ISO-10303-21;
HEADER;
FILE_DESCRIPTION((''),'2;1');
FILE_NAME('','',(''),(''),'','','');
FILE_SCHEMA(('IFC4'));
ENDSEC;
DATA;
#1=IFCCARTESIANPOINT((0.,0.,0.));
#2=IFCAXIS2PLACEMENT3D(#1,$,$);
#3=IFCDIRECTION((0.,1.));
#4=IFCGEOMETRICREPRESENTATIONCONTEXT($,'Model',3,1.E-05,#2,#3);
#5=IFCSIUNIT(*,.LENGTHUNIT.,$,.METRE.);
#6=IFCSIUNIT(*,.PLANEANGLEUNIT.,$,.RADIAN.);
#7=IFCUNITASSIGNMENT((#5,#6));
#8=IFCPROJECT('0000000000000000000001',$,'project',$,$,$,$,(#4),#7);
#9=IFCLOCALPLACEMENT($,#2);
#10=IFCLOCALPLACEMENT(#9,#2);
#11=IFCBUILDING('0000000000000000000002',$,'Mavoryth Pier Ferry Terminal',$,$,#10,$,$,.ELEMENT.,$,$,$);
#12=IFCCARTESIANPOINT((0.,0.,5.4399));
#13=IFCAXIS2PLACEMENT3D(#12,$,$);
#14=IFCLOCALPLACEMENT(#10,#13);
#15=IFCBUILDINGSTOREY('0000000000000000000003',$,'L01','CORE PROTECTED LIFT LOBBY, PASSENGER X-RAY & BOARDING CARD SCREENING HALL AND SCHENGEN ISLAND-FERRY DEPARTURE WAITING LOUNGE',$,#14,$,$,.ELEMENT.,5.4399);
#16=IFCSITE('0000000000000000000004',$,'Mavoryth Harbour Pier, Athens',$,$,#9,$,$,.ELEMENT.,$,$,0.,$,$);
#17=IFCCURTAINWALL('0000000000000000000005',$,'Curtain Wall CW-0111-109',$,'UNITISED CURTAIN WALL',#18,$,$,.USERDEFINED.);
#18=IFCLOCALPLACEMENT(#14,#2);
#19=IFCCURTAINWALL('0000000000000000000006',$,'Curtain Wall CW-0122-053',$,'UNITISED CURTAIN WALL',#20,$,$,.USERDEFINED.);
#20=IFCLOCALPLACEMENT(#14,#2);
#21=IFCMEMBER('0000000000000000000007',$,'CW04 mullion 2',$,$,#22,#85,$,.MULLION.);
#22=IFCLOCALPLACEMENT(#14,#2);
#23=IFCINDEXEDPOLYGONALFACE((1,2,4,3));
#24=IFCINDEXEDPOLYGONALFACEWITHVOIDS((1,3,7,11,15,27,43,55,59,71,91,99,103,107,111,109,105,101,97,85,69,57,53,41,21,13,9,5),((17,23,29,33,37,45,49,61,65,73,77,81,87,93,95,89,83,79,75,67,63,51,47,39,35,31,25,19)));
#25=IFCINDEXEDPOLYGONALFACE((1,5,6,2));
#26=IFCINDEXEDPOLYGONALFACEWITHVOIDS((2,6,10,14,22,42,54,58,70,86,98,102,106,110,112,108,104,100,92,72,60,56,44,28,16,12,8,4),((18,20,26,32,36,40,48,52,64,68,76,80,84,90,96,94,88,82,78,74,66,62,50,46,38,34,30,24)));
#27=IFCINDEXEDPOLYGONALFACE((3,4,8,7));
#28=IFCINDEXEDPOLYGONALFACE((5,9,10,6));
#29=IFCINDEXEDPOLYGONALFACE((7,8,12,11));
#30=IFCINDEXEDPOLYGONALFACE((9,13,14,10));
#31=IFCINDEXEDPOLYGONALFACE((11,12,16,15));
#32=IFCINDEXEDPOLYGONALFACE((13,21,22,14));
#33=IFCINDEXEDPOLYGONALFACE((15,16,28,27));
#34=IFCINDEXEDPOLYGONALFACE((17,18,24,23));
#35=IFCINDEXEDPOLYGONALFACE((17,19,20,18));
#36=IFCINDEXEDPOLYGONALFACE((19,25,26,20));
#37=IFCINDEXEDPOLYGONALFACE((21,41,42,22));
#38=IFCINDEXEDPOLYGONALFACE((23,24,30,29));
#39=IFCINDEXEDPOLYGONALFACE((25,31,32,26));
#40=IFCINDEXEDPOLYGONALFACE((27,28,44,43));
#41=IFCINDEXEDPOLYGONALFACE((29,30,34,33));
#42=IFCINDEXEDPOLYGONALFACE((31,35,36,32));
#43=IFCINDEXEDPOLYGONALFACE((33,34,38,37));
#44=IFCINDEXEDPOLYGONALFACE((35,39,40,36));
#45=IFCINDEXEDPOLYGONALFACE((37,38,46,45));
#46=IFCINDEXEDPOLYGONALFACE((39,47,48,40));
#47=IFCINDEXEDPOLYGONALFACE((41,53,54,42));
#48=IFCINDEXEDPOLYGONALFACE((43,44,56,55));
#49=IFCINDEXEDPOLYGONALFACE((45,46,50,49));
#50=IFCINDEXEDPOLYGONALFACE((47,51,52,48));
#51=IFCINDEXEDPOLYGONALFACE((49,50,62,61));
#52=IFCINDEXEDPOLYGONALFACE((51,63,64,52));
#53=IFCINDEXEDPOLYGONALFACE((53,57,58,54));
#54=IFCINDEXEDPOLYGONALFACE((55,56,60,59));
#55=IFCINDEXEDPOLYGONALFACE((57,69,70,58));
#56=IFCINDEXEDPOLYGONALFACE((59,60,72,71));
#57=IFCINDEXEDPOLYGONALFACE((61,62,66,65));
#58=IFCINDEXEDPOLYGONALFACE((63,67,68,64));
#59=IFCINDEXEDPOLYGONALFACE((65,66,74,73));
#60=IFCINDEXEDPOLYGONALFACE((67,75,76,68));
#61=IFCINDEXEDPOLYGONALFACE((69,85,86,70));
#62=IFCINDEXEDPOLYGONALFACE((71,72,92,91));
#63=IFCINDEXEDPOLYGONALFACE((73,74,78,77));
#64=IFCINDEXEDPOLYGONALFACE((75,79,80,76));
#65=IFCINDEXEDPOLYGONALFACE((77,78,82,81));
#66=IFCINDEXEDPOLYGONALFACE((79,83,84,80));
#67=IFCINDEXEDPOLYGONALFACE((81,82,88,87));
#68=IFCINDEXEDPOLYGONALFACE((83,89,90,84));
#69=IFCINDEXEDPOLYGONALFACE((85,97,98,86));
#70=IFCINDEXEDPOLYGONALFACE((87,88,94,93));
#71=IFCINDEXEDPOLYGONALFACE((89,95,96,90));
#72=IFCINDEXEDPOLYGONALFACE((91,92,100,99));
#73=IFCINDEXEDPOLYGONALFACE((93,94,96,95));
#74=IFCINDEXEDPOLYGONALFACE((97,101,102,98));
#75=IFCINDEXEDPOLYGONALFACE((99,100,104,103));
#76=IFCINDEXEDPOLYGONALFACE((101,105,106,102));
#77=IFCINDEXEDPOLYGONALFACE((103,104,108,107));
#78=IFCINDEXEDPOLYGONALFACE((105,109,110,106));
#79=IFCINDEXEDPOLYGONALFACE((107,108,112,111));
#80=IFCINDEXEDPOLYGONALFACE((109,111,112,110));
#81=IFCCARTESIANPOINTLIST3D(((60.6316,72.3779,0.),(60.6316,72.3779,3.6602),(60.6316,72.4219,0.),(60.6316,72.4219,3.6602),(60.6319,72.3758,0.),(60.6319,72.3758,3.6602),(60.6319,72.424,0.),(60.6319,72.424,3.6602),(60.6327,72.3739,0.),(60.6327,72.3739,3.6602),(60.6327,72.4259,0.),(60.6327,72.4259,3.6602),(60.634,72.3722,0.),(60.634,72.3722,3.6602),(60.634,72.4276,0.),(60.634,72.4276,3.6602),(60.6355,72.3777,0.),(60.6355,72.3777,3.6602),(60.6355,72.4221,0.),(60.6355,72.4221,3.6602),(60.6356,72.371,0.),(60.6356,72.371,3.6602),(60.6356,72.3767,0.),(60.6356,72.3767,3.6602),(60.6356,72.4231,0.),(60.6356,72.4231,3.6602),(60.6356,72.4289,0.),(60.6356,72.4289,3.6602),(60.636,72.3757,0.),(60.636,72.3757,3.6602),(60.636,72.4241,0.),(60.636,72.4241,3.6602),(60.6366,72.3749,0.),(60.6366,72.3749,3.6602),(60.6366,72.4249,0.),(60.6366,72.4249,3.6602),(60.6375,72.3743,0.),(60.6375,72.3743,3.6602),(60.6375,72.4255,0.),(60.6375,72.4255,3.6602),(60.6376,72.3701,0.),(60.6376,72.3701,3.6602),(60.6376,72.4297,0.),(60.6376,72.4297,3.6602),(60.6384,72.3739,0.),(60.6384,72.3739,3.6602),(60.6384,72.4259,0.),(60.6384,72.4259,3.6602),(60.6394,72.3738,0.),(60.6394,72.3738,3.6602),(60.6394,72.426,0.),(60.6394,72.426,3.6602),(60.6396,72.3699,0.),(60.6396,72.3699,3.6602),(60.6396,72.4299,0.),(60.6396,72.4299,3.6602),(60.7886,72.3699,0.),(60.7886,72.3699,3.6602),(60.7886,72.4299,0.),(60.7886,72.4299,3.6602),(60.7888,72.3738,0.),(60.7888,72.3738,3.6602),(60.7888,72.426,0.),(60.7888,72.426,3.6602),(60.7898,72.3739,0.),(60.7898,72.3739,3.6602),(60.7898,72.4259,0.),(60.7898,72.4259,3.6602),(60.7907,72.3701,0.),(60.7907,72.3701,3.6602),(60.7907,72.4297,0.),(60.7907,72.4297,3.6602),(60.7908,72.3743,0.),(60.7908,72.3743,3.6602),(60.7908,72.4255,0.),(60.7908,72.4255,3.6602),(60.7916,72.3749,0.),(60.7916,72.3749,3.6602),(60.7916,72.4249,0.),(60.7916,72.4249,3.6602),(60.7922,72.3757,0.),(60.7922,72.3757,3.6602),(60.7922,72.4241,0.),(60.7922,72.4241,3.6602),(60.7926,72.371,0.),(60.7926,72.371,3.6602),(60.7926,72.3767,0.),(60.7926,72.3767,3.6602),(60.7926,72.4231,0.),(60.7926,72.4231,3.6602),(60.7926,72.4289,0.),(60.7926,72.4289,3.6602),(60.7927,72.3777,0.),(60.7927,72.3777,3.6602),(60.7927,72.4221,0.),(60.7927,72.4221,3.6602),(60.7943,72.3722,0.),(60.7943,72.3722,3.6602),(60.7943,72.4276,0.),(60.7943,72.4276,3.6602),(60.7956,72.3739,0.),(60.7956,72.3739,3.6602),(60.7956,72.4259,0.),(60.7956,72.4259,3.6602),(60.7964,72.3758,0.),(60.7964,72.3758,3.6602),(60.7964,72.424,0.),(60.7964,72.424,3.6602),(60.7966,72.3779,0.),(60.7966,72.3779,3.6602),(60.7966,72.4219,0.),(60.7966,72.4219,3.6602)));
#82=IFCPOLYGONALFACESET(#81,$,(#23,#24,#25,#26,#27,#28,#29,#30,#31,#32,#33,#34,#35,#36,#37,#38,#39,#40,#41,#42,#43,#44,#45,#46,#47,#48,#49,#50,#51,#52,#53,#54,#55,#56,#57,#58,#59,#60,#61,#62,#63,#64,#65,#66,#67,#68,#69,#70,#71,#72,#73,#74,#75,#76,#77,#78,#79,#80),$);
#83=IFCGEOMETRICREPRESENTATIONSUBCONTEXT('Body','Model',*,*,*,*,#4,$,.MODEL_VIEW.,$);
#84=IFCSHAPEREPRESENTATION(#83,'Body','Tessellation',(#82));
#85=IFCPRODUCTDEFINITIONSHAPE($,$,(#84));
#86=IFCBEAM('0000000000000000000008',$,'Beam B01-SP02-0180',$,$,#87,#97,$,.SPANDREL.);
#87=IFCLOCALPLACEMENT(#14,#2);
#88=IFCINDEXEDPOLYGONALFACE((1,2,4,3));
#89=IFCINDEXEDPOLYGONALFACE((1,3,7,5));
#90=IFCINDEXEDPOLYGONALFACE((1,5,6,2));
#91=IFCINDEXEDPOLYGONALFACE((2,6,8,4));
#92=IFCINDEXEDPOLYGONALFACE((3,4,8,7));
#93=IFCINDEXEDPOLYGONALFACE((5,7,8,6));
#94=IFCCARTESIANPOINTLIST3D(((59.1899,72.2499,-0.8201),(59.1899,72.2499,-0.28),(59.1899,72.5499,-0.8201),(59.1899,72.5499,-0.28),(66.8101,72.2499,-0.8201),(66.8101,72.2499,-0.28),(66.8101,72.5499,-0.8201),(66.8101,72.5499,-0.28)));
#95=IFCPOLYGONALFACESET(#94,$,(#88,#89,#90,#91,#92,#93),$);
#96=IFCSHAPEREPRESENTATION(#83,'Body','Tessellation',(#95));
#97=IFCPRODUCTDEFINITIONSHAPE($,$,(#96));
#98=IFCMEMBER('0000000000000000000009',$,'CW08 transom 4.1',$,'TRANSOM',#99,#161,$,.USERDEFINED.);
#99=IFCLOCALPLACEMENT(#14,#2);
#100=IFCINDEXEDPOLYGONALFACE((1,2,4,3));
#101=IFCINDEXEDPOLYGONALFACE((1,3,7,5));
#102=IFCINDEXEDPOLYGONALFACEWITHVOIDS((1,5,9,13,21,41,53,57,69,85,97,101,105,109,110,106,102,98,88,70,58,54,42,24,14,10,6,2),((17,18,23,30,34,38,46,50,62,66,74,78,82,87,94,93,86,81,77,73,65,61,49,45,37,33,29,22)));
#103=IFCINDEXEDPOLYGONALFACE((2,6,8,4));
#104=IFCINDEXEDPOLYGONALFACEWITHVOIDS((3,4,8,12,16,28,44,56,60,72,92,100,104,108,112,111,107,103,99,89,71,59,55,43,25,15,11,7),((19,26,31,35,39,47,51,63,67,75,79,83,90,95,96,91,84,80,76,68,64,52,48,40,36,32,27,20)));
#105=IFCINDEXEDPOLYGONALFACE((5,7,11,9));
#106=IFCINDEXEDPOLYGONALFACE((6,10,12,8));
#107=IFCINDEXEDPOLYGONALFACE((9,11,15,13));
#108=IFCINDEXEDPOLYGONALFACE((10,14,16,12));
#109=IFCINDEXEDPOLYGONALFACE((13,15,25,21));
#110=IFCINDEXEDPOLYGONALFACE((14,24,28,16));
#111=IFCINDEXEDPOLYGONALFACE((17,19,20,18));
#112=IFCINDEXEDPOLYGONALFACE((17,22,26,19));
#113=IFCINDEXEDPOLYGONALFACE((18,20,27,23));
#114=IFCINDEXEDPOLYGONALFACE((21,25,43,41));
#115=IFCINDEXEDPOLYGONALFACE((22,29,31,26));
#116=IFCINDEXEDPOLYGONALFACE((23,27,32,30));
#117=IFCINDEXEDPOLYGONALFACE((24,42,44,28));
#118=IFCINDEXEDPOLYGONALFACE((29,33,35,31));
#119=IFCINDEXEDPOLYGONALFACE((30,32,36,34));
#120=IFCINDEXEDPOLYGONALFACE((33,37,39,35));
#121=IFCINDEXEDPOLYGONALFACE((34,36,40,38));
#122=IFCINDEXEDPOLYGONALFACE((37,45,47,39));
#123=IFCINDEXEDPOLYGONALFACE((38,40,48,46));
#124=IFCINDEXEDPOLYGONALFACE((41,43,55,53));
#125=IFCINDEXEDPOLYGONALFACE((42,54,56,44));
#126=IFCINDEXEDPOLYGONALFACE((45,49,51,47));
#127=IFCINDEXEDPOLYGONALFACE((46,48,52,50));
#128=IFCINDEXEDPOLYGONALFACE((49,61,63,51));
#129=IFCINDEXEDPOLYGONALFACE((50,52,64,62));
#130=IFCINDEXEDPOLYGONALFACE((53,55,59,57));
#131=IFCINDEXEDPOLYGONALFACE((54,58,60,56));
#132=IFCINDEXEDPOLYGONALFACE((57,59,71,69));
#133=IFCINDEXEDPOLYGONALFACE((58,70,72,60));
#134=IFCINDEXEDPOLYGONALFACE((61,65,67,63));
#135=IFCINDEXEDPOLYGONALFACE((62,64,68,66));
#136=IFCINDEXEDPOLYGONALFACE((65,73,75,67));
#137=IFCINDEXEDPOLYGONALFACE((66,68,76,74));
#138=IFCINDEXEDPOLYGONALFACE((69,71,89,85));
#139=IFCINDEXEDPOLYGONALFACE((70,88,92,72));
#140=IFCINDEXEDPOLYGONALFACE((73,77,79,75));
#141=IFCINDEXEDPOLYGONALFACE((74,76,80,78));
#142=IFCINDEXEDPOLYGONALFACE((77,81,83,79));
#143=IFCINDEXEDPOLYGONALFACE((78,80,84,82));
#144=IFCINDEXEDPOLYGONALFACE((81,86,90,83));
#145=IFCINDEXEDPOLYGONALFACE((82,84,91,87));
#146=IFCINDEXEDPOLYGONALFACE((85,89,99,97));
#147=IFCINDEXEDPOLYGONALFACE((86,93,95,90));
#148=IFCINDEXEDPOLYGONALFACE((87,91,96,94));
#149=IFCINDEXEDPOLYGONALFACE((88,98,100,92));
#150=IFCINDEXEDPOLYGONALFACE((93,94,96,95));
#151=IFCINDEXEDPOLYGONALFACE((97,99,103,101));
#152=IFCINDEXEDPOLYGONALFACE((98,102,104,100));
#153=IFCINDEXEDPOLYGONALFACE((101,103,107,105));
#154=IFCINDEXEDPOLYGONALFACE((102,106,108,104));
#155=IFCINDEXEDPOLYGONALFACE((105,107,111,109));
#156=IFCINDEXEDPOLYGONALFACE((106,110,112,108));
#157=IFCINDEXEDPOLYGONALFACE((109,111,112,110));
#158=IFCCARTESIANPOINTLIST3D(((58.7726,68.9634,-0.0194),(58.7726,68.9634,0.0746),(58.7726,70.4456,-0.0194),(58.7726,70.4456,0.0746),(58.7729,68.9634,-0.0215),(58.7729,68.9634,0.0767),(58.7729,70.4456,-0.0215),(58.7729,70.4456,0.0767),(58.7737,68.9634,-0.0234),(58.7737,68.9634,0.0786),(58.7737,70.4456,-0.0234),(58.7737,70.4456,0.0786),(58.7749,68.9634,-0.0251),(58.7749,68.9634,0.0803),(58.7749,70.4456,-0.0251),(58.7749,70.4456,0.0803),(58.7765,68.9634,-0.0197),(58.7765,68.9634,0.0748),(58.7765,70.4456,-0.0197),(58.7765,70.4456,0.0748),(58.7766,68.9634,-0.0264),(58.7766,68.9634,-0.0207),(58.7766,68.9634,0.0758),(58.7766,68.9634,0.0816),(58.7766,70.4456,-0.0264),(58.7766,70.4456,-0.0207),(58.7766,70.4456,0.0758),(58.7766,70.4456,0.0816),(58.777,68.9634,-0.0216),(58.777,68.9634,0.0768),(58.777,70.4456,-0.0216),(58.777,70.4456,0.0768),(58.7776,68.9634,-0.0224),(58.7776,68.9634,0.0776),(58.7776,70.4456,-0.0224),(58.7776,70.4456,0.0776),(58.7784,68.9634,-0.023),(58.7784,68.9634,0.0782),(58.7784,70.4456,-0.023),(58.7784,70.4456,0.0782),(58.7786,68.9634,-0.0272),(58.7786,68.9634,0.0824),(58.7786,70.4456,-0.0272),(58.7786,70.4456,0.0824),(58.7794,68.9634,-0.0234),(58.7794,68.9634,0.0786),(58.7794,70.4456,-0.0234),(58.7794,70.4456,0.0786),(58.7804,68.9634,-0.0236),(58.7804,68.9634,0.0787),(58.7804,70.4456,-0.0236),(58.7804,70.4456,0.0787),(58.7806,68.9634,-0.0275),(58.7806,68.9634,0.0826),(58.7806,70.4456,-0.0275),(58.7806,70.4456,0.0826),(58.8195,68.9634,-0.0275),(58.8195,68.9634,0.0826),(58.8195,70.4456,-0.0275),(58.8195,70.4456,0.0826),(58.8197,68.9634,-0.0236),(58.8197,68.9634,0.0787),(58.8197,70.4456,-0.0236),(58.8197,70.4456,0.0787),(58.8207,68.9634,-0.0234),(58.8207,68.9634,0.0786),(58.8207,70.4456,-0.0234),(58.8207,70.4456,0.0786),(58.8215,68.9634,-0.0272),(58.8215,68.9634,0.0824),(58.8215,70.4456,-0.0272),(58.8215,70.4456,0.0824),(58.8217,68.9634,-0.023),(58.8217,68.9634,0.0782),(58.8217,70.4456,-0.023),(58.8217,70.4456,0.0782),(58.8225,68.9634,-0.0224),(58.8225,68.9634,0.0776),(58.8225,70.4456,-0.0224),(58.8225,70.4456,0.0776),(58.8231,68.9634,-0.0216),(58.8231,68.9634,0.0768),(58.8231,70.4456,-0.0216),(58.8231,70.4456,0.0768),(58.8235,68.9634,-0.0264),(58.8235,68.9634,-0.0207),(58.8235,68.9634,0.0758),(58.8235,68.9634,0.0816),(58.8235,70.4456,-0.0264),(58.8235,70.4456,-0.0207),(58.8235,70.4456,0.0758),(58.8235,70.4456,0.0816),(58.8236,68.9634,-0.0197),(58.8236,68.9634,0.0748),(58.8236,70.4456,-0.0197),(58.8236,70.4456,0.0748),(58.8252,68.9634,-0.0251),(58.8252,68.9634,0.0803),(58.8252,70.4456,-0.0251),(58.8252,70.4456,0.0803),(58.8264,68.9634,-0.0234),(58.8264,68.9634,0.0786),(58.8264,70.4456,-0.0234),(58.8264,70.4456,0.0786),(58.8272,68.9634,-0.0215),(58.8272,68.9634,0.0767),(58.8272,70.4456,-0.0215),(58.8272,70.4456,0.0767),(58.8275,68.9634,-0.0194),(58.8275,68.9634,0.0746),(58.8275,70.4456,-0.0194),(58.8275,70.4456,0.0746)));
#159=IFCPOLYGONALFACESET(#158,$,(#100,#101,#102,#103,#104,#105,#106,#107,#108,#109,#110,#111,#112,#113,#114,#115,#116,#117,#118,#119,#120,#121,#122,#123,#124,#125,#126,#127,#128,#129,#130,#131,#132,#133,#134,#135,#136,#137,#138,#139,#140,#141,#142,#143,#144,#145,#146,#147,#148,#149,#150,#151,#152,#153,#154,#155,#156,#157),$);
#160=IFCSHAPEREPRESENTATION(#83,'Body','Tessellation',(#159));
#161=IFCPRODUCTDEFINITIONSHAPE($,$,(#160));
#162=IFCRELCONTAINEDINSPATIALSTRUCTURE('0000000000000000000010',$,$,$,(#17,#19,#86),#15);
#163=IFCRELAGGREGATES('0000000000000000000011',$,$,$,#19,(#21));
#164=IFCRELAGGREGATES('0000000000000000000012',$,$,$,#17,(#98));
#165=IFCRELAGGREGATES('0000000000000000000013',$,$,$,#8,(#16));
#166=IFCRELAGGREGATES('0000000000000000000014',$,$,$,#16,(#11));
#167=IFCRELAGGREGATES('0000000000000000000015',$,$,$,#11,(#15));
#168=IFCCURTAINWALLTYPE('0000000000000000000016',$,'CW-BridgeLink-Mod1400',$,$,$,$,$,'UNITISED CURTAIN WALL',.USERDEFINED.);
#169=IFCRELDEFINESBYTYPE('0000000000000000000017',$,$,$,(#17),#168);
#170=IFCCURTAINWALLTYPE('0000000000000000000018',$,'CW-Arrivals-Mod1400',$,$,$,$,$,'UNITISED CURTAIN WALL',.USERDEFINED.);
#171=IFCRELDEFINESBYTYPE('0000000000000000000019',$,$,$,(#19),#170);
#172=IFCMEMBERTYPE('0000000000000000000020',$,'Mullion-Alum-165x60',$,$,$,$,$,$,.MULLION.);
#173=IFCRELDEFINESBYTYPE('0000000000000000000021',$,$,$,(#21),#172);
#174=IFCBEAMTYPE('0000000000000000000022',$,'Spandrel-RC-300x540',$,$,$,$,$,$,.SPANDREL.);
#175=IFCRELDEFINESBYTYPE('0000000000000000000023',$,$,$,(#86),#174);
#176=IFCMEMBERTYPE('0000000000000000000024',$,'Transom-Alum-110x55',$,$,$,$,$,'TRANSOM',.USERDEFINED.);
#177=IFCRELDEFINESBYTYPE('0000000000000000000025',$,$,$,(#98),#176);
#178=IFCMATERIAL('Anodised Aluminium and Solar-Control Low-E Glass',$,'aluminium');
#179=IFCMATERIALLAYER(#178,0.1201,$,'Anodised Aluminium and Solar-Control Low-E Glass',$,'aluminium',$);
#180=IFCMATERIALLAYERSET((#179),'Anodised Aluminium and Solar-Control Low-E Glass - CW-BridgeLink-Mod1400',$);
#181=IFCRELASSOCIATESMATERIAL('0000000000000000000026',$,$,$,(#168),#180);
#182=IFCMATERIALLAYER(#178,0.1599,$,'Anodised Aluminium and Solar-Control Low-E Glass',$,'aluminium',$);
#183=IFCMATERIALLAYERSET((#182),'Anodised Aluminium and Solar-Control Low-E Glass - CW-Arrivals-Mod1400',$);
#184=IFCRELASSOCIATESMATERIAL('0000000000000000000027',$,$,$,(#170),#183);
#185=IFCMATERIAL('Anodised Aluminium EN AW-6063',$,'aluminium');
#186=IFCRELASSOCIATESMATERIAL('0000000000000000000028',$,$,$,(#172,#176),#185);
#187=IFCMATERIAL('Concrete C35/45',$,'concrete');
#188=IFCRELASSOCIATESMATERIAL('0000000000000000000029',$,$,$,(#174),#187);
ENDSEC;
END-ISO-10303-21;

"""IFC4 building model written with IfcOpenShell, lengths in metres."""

from ifc_helpers import new_model, si_unit, direction, frame, origin, origin_2d, place, context, subcontext, project, spatial, rectangle, hollow_rectangle, extrude, material, layer, layer_set, material_profile, profile_set, type_object, element, aggregate, save


model = new_model("IFC4")

# Units and contexts
model_context = context("Model", 3, precision=1e-05, world=origin(), true_north=direction((0.0, 1.0)))
body_context = subcontext(model_context, "Body", "Model", "MODEL_VIEW")
ifc_project = project(units=[si_unit("LENGTHUNIT", "METRE"), si_unit("PLANEANGLEUNIT", "RADIAN")], contexts=[model_context])

# Site, building, storey
site_placement = place(None, origin())
site = spatial("IfcSite", under=ifc_project, at=site_placement, Name="Mavoryth Harbour Pier, Athens", CompositionType="ELEMENT", RefElevation=0.0)
building_placement = place(site_placement, origin())
building = spatial("IfcBuilding", under=site, at=building_placement, Name="Mavoryth Pier Ferry Terminal", CompositionType="ELEMENT")
storey_placement = place(building_placement, frame((0.0, 0.0, 5.4399)))
storey = spatial("IfcBuildingStorey", under=building, at=storey_placement, Name="L01", Description="CORE PROTECTED LIFT LOBBY, PASSENGER X-RAY & BOARDING CARD SCREENING HALL AND SCHENGEN ISLAND-FERRY DEPARTURE WAITING LOUNGE", CompositionType="ELEMENT", Elevation=5.4399)

# Shared definitions
ifc_material_1 = material(Name="Concrete C35/45", Category="concrete")

# Curtain walls, member
ifc_material_2 = material(Name="Anodised Aluminium and Solar-Control Low-E Glass", Category="aluminium")
ifc_layer_1 = layer(ifc_material_2, 0.1201, Name="Anodised Aluminium and Solar-Control Low-E Glass", Category="aluminium")
ifc_layer_set_1 = layer_set([ifc_layer_1], Name="Anodised Aluminium and Solar-Control Low-E Glass - CW-BridgeLink-Mod1400")
curtain_wall_type_1 = type_object("IfcCurtainWallType", Name="CW-BridgeLink-Mod1400", ElementType="UNITISED CURTAIN WALL", PredefinedType="USERDEFINED", material=ifc_layer_set_1)
curtain_wall_1_placement = place(storey_placement, origin())
curtain_wall_1 = element("IfcCurtainWall", 1, at=curtain_wall_1_placement, inside=storey, type_object=curtain_wall_type_1, Name="Curtain Wall CW-0111-109", ObjectType="UNITISED CURTAIN WALL", PredefinedType="USERDEFINED")
ifc_material_3 = material(Name="Anodised Aluminium EN AW-6063", Category="aluminium")
ifc_layer_2 = layer(ifc_material_2, 0.1599, Name="Anodised Aluminium and Solar-Control Low-E Glass", Category="aluminium")
ifc_layer_set_2 = layer_set([ifc_layer_2], Name="Anodised Aluminium and Solar-Control Low-E Glass - CW-Arrivals-Mod1400")
curtain_wall_type_2 = type_object("IfcCurtainWallType", Name="CW-Arrivals-Mod1400", ElementType="UNITISED CURTAIN WALL", PredefinedType="USERDEFINED", material=ifc_layer_set_2)
curtain_wall_2_placement = place(storey_placement, origin())
curtain_wall_2 = element("IfcCurtainWall", 2, at=curtain_wall_2_placement, inside=storey, type_object=curtain_wall_type_2, Name="Curtain Wall CW-0122-053", ObjectType="UNITISED CURTAIN WALL", PredefinedType="USERDEFINED")
ifc_material_profile_1 = material_profile(ifc_material_3, hollow_rectangle(XDim=0.0601, YDim=0.165, WallThickness=0.0039, InnerFilletRadius=0.0039, OuterFilletRadius=0.0081, at=origin_2d()), Name="AL-MULL 165x60x4", Category="aluminium")
ifc_profile_set_1 = profile_set([ifc_material_profile_1], Name="Anodised Aluminium EN AW-6063 - AL-MULL 165x60x4")
member_type_1 = type_object("IfcMemberType", Name="Mullion-Alum-165x60", PredefinedType="MULLION", material=ifc_profile_set_1)
member_1_placement = place(storey_placement, frame((60.7141, 72.3999, 0.0), z_axis=(0.0, 0.0, 1.0), x_axis=(0.0, 1.0, 0.0)))
member_1 = element("IfcMember", 3, at=member_1_placement, type_object=member_type_1, Name="CW04 mullion 2", PredefinedType="MULLION", context=body_context, shape_type="SweptSolid", body=[
    extrude(hollow_rectangle(XDim=0.0601, YDim=0.165, WallThickness=0.0039, InnerFilletRadius=0.0039, OuterFilletRadius=0.0081, at=origin_2d()), origin(), (0.0, 0.0, 1.0), 3.6602),
])

# Beam
ifc_material_profile_2 = material_profile(ifc_material_1, rectangle(XDim=0.3, YDim=0.54, at=origin_2d()), Name="RC 300x540", Category="concrete")
ifc_profile_set_2 = profile_set([ifc_material_profile_2], Name="Concrete C35/45 - RC 300x540")
beam_type_1 = type_object("IfcBeamType", Name="Spandrel-RC-300x540", PredefinedType="SPANDREL", material=ifc_profile_set_2)
beam_1_placement = place(storey_placement, frame((59.1899, 72.3999, -0.55), z_axis=(1.0, 0.0, 0.0), x_axis=(0.0, 1.0, 0.0)))
element("IfcBeam", 4, at=beam_1_placement, inside=storey, type_object=beam_type_1, Name="Beam B01-SP02-0180", PredefinedType="SPANDREL", context=body_context, shape_type="SweptSolid", body=[
    extrude(rectangle(XDim=0.3, YDim=0.54, at=origin_2d()), origin(), (0.0, 0.0, 1.0), 7.6201),
])

# Member
ifc_material_profile_3 = material_profile(ifc_material_3, hollow_rectangle(XDim=0.0549, YDim=0.1101, WallThickness=0.0039, InnerFilletRadius=0.0039, OuterFilletRadius=0.0081, at=origin_2d()), Name="AL-TRAN 110x55x4", Category="aluminium")
ifc_profile_set_3 = profile_set([ifc_material_profile_3], Name="Anodised Aluminium EN AW-6063 - AL-TRAN 110x55x4")
member_type_2 = type_object("IfcMemberType", Name="Transom-Alum-110x55", ElementType="TRANSOM", PredefinedType="USERDEFINED", material=ifc_profile_set_3)
member_2_placement = place(storey_placement, frame((58.8, 68.9634, 0.0276), z_axis=(0.0, 1.0, 0.0), x_axis=(-1.0, 0.0, 0.0)))
member_2 = element("IfcMember", 5, at=member_2_placement, type_object=member_type_2, Name="CW08 transom 4.1", ObjectType="TRANSOM", PredefinedType="USERDEFINED", context=body_context, shape_type="SweptSolid", body=[
    extrude(hollow_rectangle(XDim=0.0549, YDim=0.1101, WallThickness=0.0039, InnerFilletRadius=0.0039, OuterFilletRadius=0.0081, at=origin_2d()), origin(), (0.0, 0.0, 1.0), 1.4822),
])

aggregate(curtain_wall_2, [member_1])
aggregate(curtain_wall_1, [member_2])

save(model, "model.ifc")
